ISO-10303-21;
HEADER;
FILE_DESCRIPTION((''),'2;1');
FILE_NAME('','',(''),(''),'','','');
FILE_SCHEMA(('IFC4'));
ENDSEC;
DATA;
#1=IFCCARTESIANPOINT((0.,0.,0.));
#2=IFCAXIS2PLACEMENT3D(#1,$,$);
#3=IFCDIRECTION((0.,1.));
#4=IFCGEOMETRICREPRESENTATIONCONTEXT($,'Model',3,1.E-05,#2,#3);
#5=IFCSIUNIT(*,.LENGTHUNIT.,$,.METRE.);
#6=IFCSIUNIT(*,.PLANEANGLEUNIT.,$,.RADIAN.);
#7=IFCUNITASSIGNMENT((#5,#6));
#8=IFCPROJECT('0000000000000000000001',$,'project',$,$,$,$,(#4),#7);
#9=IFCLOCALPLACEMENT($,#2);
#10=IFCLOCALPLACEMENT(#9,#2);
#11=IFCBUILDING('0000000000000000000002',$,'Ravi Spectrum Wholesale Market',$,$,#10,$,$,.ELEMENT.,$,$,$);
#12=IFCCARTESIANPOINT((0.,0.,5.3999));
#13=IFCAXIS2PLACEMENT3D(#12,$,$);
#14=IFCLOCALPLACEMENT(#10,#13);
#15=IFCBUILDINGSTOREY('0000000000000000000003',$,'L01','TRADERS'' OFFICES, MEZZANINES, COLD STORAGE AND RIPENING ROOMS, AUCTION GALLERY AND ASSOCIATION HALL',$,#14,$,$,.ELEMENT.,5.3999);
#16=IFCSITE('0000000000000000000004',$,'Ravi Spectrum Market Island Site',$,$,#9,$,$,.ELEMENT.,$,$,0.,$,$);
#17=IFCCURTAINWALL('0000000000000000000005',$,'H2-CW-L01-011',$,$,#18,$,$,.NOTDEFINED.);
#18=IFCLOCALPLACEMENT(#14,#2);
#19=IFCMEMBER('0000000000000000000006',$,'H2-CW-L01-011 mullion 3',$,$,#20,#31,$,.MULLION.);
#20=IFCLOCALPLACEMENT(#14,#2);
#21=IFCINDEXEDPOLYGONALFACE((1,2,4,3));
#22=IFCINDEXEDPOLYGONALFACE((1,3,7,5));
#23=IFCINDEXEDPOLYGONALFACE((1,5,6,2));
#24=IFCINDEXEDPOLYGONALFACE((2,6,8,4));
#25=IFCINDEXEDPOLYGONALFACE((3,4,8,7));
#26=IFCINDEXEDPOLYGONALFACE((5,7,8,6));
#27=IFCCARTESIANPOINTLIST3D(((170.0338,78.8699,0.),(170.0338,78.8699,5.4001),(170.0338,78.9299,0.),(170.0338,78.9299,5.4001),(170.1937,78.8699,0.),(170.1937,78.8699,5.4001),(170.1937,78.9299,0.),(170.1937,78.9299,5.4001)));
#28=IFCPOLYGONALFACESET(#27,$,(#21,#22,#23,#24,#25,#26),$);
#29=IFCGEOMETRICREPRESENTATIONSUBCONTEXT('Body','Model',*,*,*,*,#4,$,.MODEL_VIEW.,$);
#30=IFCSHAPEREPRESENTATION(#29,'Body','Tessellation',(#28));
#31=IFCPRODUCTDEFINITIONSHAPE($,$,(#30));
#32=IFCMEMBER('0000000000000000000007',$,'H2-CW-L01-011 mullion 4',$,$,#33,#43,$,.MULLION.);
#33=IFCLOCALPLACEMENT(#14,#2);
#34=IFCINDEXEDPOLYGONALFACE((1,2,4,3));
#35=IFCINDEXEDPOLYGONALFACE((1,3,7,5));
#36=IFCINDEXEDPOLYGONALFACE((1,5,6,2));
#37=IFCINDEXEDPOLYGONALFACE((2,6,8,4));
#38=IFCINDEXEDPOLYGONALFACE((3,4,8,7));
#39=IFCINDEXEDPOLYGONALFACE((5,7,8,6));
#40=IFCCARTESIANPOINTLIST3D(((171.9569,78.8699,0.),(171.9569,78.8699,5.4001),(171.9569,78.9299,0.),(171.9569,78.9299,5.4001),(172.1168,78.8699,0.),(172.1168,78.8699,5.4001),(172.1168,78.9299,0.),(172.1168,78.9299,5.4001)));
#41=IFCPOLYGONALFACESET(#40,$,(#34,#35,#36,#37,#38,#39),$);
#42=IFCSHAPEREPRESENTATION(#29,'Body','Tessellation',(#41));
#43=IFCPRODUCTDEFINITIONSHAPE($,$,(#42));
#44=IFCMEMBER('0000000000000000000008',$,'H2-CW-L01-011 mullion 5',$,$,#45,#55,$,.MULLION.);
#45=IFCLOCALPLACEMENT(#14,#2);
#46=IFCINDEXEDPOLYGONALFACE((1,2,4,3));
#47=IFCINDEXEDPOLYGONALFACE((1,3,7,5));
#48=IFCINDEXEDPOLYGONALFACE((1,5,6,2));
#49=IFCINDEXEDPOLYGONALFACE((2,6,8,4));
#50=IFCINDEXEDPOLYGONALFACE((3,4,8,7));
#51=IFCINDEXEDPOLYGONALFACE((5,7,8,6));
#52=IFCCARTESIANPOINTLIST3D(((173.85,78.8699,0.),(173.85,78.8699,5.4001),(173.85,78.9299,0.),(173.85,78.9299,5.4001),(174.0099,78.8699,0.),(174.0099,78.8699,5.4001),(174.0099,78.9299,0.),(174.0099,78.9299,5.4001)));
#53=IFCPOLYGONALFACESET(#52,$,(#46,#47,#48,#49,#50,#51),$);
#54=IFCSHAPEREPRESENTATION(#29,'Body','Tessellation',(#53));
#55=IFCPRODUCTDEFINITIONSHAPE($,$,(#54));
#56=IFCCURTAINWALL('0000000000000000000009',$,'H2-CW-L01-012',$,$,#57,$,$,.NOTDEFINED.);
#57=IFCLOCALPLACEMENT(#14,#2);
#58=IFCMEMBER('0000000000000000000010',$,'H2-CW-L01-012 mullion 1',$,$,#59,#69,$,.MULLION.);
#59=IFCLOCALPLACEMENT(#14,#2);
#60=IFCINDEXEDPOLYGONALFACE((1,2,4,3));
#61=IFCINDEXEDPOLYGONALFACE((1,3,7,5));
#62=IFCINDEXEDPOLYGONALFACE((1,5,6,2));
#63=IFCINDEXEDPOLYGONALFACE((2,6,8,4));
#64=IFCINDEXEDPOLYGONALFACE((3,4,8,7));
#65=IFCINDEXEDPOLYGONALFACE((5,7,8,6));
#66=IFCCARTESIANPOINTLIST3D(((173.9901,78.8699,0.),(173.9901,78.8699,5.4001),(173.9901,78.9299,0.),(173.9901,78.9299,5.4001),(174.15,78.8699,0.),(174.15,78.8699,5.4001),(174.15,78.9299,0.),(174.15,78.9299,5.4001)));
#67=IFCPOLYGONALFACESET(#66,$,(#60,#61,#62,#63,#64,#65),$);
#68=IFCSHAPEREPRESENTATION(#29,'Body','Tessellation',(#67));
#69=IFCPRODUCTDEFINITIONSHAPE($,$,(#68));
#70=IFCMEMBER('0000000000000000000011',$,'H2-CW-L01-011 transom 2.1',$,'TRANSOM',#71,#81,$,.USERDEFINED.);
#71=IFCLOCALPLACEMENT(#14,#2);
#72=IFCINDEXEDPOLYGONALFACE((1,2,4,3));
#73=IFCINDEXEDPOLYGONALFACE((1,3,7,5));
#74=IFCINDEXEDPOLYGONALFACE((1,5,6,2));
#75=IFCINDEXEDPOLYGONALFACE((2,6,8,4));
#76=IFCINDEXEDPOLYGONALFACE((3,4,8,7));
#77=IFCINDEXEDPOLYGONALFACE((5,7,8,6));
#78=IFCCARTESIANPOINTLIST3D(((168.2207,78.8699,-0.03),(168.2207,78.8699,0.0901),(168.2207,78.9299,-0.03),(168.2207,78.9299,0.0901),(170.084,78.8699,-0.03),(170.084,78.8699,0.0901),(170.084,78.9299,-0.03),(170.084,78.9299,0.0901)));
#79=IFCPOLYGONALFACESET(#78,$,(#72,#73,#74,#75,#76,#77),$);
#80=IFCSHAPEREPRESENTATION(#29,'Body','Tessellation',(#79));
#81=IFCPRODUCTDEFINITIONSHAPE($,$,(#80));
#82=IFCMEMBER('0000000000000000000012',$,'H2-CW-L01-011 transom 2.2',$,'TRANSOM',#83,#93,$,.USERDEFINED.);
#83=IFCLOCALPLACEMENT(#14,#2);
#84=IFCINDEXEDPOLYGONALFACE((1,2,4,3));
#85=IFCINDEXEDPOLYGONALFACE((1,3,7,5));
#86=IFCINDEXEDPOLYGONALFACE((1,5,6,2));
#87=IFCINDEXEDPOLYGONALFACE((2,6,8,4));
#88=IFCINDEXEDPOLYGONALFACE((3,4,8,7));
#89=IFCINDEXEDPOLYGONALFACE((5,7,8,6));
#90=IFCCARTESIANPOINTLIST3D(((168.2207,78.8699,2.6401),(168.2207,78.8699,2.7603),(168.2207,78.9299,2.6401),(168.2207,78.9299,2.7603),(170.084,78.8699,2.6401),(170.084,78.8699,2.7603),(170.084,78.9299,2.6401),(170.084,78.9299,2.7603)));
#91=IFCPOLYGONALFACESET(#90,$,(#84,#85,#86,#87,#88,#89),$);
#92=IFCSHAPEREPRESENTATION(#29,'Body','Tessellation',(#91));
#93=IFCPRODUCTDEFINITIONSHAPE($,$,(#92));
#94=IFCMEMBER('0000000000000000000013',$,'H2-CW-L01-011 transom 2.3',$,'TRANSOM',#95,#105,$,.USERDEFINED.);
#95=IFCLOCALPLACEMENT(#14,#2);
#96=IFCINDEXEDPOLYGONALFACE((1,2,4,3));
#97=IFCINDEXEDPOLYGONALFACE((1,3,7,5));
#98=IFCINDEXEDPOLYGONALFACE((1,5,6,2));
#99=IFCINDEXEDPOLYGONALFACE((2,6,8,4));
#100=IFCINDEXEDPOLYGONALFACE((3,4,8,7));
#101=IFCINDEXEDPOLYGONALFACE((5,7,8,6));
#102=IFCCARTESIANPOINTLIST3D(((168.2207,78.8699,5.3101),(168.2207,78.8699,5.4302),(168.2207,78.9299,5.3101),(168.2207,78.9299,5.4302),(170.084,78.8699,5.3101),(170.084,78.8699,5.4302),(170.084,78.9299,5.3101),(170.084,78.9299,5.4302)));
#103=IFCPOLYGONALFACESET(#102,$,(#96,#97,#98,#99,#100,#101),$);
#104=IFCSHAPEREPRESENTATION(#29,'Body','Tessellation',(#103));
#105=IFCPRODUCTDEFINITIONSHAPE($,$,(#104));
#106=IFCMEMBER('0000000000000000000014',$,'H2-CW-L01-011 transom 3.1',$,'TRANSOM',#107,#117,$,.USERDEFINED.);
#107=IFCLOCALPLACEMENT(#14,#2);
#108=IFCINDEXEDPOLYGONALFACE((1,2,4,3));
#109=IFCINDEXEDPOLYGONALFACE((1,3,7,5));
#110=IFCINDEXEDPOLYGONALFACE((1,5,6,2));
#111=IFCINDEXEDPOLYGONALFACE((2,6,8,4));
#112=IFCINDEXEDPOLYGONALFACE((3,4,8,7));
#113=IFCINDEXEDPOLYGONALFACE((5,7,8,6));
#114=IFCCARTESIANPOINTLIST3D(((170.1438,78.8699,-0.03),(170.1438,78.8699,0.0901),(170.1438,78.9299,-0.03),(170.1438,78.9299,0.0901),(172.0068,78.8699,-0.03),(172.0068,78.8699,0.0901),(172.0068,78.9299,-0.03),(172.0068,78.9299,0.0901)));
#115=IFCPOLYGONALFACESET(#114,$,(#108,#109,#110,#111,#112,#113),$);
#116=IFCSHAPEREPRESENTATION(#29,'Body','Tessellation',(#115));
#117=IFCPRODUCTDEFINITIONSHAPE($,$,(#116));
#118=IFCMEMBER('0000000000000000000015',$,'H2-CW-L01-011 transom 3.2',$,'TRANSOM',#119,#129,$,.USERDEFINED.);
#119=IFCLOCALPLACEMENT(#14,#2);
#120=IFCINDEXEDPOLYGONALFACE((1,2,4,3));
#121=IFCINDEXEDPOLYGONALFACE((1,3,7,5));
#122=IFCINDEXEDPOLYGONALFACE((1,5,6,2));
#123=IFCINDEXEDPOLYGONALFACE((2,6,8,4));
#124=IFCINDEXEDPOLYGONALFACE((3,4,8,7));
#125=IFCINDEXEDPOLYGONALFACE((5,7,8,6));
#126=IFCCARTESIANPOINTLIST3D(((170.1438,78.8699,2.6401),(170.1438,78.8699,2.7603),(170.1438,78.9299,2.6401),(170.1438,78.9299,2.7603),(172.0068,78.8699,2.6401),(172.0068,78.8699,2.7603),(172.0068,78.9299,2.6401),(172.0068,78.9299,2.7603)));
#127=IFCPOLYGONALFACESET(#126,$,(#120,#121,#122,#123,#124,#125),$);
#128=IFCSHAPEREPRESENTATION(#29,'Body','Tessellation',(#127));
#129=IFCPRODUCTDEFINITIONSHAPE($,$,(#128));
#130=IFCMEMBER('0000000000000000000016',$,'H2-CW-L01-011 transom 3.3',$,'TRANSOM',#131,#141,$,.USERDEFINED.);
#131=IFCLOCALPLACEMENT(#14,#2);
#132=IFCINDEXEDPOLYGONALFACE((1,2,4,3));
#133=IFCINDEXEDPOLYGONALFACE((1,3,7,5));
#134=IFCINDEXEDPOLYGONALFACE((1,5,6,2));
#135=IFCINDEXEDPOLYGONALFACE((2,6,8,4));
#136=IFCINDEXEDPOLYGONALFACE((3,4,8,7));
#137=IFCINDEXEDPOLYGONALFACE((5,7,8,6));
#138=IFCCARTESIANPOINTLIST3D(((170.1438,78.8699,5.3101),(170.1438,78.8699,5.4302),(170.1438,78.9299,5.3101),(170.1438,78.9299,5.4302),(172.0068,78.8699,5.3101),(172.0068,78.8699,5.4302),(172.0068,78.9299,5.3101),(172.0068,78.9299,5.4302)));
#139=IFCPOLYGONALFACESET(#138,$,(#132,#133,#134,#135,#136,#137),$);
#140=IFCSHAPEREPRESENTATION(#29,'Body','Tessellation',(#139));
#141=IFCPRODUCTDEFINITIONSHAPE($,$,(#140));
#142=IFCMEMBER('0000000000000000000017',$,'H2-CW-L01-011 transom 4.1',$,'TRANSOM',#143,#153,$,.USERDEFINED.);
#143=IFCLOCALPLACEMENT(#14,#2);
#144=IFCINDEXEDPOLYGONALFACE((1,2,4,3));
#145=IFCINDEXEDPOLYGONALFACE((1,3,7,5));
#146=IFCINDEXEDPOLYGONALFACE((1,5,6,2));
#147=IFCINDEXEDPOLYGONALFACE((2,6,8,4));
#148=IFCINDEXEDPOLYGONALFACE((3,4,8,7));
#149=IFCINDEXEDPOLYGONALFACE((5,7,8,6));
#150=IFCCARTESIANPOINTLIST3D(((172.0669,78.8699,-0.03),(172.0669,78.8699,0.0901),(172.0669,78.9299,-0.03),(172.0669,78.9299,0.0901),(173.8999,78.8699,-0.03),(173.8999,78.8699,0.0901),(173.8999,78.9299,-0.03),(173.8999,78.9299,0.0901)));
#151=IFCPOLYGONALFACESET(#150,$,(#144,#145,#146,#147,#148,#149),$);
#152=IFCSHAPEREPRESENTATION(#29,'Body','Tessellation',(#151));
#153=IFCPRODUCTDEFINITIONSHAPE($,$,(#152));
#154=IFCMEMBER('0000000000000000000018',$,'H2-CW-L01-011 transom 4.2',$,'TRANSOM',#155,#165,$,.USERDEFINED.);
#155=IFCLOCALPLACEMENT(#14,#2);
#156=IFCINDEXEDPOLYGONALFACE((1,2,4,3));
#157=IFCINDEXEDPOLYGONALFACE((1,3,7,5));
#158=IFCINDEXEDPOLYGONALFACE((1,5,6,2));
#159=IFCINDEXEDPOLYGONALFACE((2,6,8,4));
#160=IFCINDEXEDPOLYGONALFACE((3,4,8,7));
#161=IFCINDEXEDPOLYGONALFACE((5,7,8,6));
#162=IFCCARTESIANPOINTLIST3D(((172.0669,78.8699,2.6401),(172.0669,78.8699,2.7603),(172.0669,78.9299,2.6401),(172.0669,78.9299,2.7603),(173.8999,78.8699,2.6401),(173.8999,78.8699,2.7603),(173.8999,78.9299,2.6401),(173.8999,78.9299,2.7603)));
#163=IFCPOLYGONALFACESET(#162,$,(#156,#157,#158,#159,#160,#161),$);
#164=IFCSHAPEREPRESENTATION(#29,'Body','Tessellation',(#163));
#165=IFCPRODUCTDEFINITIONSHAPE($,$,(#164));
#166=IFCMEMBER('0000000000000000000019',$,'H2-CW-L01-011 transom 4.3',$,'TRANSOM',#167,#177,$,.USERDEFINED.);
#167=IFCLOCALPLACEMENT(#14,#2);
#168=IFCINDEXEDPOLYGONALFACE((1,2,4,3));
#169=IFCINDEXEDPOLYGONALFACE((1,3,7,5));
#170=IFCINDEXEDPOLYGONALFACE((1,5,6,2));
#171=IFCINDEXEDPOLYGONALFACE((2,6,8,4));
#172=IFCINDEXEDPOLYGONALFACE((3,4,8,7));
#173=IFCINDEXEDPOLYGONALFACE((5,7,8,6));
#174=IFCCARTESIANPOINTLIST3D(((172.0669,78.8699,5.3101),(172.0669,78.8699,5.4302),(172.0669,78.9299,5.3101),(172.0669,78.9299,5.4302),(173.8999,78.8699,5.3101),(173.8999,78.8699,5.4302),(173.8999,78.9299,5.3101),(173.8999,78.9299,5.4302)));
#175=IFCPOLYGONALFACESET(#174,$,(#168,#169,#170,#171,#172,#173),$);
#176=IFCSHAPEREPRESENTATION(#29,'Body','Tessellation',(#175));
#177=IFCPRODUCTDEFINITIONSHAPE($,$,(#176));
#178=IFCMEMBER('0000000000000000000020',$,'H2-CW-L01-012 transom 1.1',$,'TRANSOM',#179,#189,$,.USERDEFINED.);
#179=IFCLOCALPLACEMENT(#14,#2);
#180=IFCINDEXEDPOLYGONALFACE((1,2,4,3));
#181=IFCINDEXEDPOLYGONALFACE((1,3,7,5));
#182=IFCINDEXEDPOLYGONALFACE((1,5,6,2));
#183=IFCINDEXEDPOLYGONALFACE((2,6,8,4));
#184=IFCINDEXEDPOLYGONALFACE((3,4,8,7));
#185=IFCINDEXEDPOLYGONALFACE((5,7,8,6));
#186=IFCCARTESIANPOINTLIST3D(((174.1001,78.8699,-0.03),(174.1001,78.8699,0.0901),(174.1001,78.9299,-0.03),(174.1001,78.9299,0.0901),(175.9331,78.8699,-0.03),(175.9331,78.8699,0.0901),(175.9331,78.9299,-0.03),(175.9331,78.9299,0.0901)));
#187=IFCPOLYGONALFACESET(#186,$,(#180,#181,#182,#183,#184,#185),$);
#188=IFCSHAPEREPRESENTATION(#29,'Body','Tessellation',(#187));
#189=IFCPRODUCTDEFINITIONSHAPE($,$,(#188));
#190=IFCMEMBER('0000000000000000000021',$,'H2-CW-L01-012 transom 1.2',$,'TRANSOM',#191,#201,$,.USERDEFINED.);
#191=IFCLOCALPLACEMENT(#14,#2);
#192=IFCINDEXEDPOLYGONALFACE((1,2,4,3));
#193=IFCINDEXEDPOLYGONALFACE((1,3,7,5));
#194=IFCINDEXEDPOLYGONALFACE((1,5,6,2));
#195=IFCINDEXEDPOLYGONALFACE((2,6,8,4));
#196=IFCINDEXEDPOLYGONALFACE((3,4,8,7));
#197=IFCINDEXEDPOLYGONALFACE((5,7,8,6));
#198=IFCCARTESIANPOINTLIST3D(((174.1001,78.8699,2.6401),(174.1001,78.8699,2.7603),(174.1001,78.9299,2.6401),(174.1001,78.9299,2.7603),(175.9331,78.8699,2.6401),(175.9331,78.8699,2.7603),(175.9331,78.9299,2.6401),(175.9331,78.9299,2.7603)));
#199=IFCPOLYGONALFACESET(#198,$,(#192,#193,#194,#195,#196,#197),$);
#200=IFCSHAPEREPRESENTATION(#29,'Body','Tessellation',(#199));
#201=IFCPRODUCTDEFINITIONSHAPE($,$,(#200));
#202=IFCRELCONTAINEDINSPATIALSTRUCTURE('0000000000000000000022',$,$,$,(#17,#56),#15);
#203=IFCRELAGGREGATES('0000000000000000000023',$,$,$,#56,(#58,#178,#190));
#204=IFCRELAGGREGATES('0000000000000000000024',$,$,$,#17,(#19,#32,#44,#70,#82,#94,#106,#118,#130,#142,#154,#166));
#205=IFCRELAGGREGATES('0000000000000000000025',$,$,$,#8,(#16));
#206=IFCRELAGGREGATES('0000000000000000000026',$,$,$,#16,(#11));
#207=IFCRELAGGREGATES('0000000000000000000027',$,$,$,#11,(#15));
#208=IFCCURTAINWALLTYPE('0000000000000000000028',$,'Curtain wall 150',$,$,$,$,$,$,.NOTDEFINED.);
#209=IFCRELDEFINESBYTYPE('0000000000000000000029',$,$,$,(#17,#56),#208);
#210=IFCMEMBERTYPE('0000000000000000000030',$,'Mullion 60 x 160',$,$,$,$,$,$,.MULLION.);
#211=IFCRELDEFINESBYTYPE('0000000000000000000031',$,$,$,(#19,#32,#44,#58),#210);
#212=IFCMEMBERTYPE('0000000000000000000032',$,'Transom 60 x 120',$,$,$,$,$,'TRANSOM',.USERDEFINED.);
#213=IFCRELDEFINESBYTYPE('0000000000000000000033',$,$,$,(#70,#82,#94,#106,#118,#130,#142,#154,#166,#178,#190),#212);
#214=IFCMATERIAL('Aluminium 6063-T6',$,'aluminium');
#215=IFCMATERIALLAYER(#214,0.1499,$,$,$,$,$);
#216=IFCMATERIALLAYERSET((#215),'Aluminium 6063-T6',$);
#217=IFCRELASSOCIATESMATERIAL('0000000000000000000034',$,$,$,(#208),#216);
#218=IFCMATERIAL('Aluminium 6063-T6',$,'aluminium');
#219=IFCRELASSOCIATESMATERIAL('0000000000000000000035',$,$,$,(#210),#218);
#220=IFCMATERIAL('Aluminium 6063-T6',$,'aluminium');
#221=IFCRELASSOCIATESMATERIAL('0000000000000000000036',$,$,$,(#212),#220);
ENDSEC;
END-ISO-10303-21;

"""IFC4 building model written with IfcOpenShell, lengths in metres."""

from ifc_helpers import new_model, si_unit, direction, frame, origin, origin_2d, place, context, subcontext, project, spatial, rectangle, extrude, material, layer, layer_set, material_profile, profile_set, type_object, element, aggregate, save


model = new_model("IFC4")

# Units and contexts
model_context = context("Model", 3, precision=1e-05, world=origin(), true_north=direction((0.0, 1.0)))
body_context = subcontext(model_context, "Body", "Model", "MODEL_VIEW")
ifc_project = project(units=[si_unit("LENGTHUNIT", "METRE"), si_unit("PLANEANGLEUNIT", "RADIAN")], contexts=[model_context])

# Site, building, storey
site_placement = place(None, origin())
site = spatial("IfcSite", under=ifc_project, at=site_placement, Name="Ravi Spectrum Market Island Site", CompositionType="ELEMENT", RefElevation=0.0)
building_placement = place(site_placement, origin())
building = spatial("IfcBuilding", under=site, at=building_placement, Name="Ravi Spectrum Wholesale Market", CompositionType="ELEMENT")
storey_placement = place(building_placement, frame((0.0, 0.0, 5.3999)))
storey = spatial("IfcBuildingStorey", under=building, at=storey_placement, Name="L01", Description="TRADERS' OFFICES, MEZZANINES, COLD STORAGE AND RIPENING ROOMS, AUCTION GALLERY AND ASSOCIATION HALL", CompositionType="ELEMENT", Elevation=5.3999)

# Curtain wall, members
ifc_material_1 = material(Name="Aluminium 6063-T6", Category="aluminium")
ifc_layer_1 = layer(ifc_material_1, 0.1499)
ifc_layer_set_1 = layer_set([ifc_layer_1], Name="Aluminium 6063-T6")
curtain_wall_type = type_object("IfcCurtainWallType", Name="Curtain wall 150", PredefinedType="NOTDEFINED", material=ifc_layer_set_1)
curtain_wall_1_placement = place(storey_placement, origin())
curtain_wall_1 = element("IfcCurtainWall", 1, at=curtain_wall_1_placement, inside=storey, type_object=curtain_wall_type, Name="H2-CW-L01-011", PredefinedType="NOTDEFINED")
ifc_material_2 = material(Name="Aluminium 6063-T6", Category="aluminium")
ifc_material_profile_1 = material_profile(ifc_material_2, rectangle(XDim=0.0601, YDim=0.1599, at=origin_2d()))
ifc_profile_set_1 = profile_set([ifc_material_profile_1], Name="Aluminium 6063-T6")
member_type_1 = type_object("IfcMemberType", Name="Mullion 60 x 160", PredefinedType="MULLION", material=ifc_profile_set_1)
member_1_placement = place(storey_placement, frame((170.1138, 78.8999, 0.0), z_axis=(0.0, 0.0, 1.0), x_axis=(0.0, 1.0, 0.0)))
member_1 = element("IfcMember", 2, at=member_1_placement, type_object=member_type_1, Name="H2-CW-L01-011 mullion 3", PredefinedType="MULLION", context=body_context, shape_type="SweptSolid", body=[
    extrude(rectangle(XDim=0.0601, YDim=0.1599, at=origin_2d()), origin(), (0.0, 0.0, 1.0), 5.4001),
])
member_2_placement = place(storey_placement, frame((172.0369, 78.8999, 0.0), z_axis=(0.0, 0.0, 1.0), x_axis=(0.0, 1.0, 0.0)))
member_2 = element("IfcMember", 3, at=member_2_placement, type_object=member_type_1, Name="H2-CW-L01-011 mullion 4", PredefinedType="MULLION", context=body_context, shape_type="SweptSolid", body=[
    extrude(rectangle(XDim=0.0601, YDim=0.1599, at=origin_2d()), origin(), (0.0, 0.0, 1.0), 5.4001),
])
member_3_placement = place(storey_placement, frame((173.9299, 78.8999, 0.0), z_axis=(0.0, 0.0, 1.0), x_axis=(0.0, 1.0, 0.0)))
member_3 = element("IfcMember", 4, at=member_3_placement, type_object=member_type_1, Name="H2-CW-L01-011 mullion 5", PredefinedType="MULLION", context=body_context, shape_type="SweptSolid", body=[
    extrude(rectangle(XDim=0.0601, YDim=0.1599, at=origin_2d()), origin(), (0.0, 0.0, 1.0), 5.4001),
])

# Curtain wall, member
curtain_wall_2_placement = place(storey_placement, origin())
curtain_wall_2 = element("IfcCurtainWall", 5, at=curtain_wall_2_placement, inside=storey, type_object=curtain_wall_type, Name="H2-CW-L01-012", PredefinedType="NOTDEFINED")
member_4_placement = place(storey_placement, frame((174.0701, 78.8999, 0.0), z_axis=(0.0, 0.0, 1.0), x_axis=(0.0, 1.0, 0.0)))
member_4 = element("IfcMember", 6, at=member_4_placement, type_object=member_type_1, Name="H2-CW-L01-012 mullion 1", PredefinedType="MULLION", context=body_context, shape_type="SweptSolid", body=[
    extrude(rectangle(XDim=0.0601, YDim=0.1599, at=origin_2d()), origin(), (0.0, 0.0, 1.0), 5.4001),
])

# Members
ifc_material_3 = material(Name="Aluminium 6063-T6", Category="aluminium")
ifc_material_profile_2 = material_profile(ifc_material_3, rectangle(XDim=0.0601, YDim=0.1201, at=origin_2d()))
ifc_profile_set_2 = profile_set([ifc_material_profile_2], Name="Aluminium 6063-T6")
member_type_2 = type_object("IfcMemberType", Name="Transom 60 x 120", ElementType="TRANSOM", PredefinedType="USERDEFINED", material=ifc_profile_set_2)
member_5_placement = place(storey_placement, frame((168.2207, 78.8999, 0.03), z_axis=(1.0, 0.0, 0.0), x_axis=(0.0, 1.0, 0.0)))
member_5 = element("IfcMember", 7, at=member_5_placement, type_object=member_type_2, Name="H2-CW-L01-011 transom 2.1", ObjectType="TRANSOM", PredefinedType="USERDEFINED", context=body_context, shape_type="SweptSolid", body=[
    extrude(rectangle(XDim=0.0601, YDim=0.1201, at=origin_2d()), origin(), (0.0, 0.0, 1.0), 1.8633),
])
member_6_placement = place(storey_placement, frame((168.2207, 78.8999, 2.7002), z_axis=(1.0, 0.0, 0.0), x_axis=(0.0, 1.0, 0.0)))
member_6 = element("IfcMember", 8, at=member_6_placement, type_object=member_type_2, Name="H2-CW-L01-011 transom 2.2", ObjectType="TRANSOM", PredefinedType="USERDEFINED", context=body_context, shape_type="SweptSolid", body=[
    extrude(rectangle(XDim=0.0601, YDim=0.1201, at=origin_2d()), origin(), (0.0, 0.0, 1.0), 1.8633),
])
member_7_placement = place(storey_placement, frame((168.2207, 78.8999, 5.3701), z_axis=(1.0, 0.0, 0.0), x_axis=(0.0, 1.0, 0.0)))
member_7 = element("IfcMember", 9, at=member_7_placement, type_object=member_type_2, Name="H2-CW-L01-011 transom 2.3", ObjectType="TRANSOM", PredefinedType="USERDEFINED", context=body_context, shape_type="SweptSolid", body=[
    extrude(rectangle(XDim=0.0601, YDim=0.1201, at=origin_2d()), origin(), (0.0, 0.0, 1.0), 1.8633),
])
member_8_placement = place(storey_placement, frame((170.1438, 78.8999, 0.03), z_axis=(1.0, 0.0, 0.0), x_axis=(0.0, 1.0, 0.0)))
member_8 = element("IfcMember", 10, at=member_8_placement, type_object=member_type_2, Name="H2-CW-L01-011 transom 3.1", ObjectType="TRANSOM", PredefinedType="USERDEFINED", context=body_context, shape_type="SweptSolid", body=[
    extrude(rectangle(XDim=0.0601, YDim=0.1201, at=origin_2d()), origin(), (0.0, 0.0, 1.0), 1.863),
])
member_9_placement = place(storey_placement, frame((170.1438, 78.8999, 2.7002), z_axis=(1.0, 0.0, 0.0), x_axis=(0.0, 1.0, 0.0)))
member_9 = element("IfcMember", 11, at=member_9_placement, type_object=member_type_2, Name="H2-CW-L01-011 transom 3.2", ObjectType="TRANSOM", PredefinedType="USERDEFINED", context=body_context, shape_type="SweptSolid", body=[
    extrude(rectangle(XDim=0.0601, YDim=0.1201, at=origin_2d()), origin(), (0.0, 0.0, 1.0), 1.863),
])
member_10_placement = place(storey_placement, frame((170.1438, 78.8999, 5.3701), z_axis=(1.0, 0.0, 0.0), x_axis=(0.0, 1.0, 0.0)))
member_10 = element("IfcMember", 12, at=member_10_placement, type_object=member_type_2, Name="H2-CW-L01-011 transom 3.3", ObjectType="TRANSOM", PredefinedType="USERDEFINED", context=body_context, shape_type="SweptSolid", body=[
    extrude(rectangle(XDim=0.0601, YDim=0.1201, at=origin_2d()), origin(), (0.0, 0.0, 1.0), 1.863),
])
member_11_placement = place(storey_placement, frame((172.0669, 78.8999, 0.03), z_axis=(1.0, 0.0, 0.0), x_axis=(0.0, 1.0, 0.0)))
member_11 = element("IfcMember", 13, at=member_11_placement, type_object=member_type_2, Name="H2-CW-L01-011 transom 4.1", ObjectType="TRANSOM", PredefinedType="USERDEFINED", context=body_context, shape_type="SweptSolid", body=[
    extrude(rectangle(XDim=0.0601, YDim=0.1201, at=origin_2d()), origin(), (0.0, 0.0, 1.0), 1.833),
])
member_12_placement = place(storey_placement, frame((172.0669, 78.8999, 2.7002), z_axis=(1.0, 0.0, 0.0), x_axis=(0.0, 1.0, 0.0)))
member_12 = element("IfcMember", 14, at=member_12_placement, type_object=member_type_2, Name="H2-CW-L01-011 transom 4.2", ObjectType="TRANSOM", PredefinedType="USERDEFINED", context=body_context, shape_type="SweptSolid", body=[
    extrude(rectangle(XDim=0.0601, YDim=0.1201, at=origin_2d()), origin(), (0.0, 0.0, 1.0), 1.833),
])
member_13_placement = place(storey_placement, frame((172.0669, 78.8999, 5.3701), z_axis=(1.0, 0.0, 0.0), x_axis=(0.0, 1.0, 0.0)))
member_13 = element("IfcMember", 15, at=member_13_placement, type_object=member_type_2, Name="H2-CW-L01-011 transom 4.3", ObjectType="TRANSOM", PredefinedType="USERDEFINED", context=body_context, shape_type="SweptSolid", body=[
    extrude(rectangle(XDim=0.0601, YDim=0.1201, at=origin_2d()), origin(), (0.0, 0.0, 1.0), 1.833),
])
member_14_placement = place(storey_placement, frame((174.1001, 78.8999, 0.03), z_axis=(1.0, 0.0, 0.0), x_axis=(0.0, 1.0, 0.0)))
member_14 = element("IfcMember", 16, at=member_14_placement, type_object=member_type_2, Name="H2-CW-L01-012 transom 1.1", ObjectType="TRANSOM", PredefinedType="USERDEFINED", context=body_context, shape_type="SweptSolid", body=[
    extrude(rectangle(XDim=0.0601, YDim=0.1201, at=origin_2d()), origin(), (0.0, 0.0, 1.0), 1.833),
])
member_15_placement = place(storey_placement, frame((174.1001, 78.8999, 2.7002), z_axis=(1.0, 0.0, 0.0), x_axis=(0.0, 1.0, 0.0)))
member_15 = element("IfcMember", 17, at=member_15_placement, type_object=member_type_2, Name="H2-CW-L01-012 transom 1.2", ObjectType="TRANSOM", PredefinedType="USERDEFINED", context=body_context, shape_type="SweptSolid", body=[
    extrude(rectangle(XDim=0.0601, YDim=0.1201, at=origin_2d()), origin(), (0.0, 0.0, 1.0), 1.833),
])
aggregate(curtain_wall_2, [member_4, member_14, member_15])

aggregate(curtain_wall_1, [member_1, member_2, member_3, member_5, member_6, member_7, member_8, member_9, member_10, member_11, member_12, member_13])

save(model, "model.ifc")
